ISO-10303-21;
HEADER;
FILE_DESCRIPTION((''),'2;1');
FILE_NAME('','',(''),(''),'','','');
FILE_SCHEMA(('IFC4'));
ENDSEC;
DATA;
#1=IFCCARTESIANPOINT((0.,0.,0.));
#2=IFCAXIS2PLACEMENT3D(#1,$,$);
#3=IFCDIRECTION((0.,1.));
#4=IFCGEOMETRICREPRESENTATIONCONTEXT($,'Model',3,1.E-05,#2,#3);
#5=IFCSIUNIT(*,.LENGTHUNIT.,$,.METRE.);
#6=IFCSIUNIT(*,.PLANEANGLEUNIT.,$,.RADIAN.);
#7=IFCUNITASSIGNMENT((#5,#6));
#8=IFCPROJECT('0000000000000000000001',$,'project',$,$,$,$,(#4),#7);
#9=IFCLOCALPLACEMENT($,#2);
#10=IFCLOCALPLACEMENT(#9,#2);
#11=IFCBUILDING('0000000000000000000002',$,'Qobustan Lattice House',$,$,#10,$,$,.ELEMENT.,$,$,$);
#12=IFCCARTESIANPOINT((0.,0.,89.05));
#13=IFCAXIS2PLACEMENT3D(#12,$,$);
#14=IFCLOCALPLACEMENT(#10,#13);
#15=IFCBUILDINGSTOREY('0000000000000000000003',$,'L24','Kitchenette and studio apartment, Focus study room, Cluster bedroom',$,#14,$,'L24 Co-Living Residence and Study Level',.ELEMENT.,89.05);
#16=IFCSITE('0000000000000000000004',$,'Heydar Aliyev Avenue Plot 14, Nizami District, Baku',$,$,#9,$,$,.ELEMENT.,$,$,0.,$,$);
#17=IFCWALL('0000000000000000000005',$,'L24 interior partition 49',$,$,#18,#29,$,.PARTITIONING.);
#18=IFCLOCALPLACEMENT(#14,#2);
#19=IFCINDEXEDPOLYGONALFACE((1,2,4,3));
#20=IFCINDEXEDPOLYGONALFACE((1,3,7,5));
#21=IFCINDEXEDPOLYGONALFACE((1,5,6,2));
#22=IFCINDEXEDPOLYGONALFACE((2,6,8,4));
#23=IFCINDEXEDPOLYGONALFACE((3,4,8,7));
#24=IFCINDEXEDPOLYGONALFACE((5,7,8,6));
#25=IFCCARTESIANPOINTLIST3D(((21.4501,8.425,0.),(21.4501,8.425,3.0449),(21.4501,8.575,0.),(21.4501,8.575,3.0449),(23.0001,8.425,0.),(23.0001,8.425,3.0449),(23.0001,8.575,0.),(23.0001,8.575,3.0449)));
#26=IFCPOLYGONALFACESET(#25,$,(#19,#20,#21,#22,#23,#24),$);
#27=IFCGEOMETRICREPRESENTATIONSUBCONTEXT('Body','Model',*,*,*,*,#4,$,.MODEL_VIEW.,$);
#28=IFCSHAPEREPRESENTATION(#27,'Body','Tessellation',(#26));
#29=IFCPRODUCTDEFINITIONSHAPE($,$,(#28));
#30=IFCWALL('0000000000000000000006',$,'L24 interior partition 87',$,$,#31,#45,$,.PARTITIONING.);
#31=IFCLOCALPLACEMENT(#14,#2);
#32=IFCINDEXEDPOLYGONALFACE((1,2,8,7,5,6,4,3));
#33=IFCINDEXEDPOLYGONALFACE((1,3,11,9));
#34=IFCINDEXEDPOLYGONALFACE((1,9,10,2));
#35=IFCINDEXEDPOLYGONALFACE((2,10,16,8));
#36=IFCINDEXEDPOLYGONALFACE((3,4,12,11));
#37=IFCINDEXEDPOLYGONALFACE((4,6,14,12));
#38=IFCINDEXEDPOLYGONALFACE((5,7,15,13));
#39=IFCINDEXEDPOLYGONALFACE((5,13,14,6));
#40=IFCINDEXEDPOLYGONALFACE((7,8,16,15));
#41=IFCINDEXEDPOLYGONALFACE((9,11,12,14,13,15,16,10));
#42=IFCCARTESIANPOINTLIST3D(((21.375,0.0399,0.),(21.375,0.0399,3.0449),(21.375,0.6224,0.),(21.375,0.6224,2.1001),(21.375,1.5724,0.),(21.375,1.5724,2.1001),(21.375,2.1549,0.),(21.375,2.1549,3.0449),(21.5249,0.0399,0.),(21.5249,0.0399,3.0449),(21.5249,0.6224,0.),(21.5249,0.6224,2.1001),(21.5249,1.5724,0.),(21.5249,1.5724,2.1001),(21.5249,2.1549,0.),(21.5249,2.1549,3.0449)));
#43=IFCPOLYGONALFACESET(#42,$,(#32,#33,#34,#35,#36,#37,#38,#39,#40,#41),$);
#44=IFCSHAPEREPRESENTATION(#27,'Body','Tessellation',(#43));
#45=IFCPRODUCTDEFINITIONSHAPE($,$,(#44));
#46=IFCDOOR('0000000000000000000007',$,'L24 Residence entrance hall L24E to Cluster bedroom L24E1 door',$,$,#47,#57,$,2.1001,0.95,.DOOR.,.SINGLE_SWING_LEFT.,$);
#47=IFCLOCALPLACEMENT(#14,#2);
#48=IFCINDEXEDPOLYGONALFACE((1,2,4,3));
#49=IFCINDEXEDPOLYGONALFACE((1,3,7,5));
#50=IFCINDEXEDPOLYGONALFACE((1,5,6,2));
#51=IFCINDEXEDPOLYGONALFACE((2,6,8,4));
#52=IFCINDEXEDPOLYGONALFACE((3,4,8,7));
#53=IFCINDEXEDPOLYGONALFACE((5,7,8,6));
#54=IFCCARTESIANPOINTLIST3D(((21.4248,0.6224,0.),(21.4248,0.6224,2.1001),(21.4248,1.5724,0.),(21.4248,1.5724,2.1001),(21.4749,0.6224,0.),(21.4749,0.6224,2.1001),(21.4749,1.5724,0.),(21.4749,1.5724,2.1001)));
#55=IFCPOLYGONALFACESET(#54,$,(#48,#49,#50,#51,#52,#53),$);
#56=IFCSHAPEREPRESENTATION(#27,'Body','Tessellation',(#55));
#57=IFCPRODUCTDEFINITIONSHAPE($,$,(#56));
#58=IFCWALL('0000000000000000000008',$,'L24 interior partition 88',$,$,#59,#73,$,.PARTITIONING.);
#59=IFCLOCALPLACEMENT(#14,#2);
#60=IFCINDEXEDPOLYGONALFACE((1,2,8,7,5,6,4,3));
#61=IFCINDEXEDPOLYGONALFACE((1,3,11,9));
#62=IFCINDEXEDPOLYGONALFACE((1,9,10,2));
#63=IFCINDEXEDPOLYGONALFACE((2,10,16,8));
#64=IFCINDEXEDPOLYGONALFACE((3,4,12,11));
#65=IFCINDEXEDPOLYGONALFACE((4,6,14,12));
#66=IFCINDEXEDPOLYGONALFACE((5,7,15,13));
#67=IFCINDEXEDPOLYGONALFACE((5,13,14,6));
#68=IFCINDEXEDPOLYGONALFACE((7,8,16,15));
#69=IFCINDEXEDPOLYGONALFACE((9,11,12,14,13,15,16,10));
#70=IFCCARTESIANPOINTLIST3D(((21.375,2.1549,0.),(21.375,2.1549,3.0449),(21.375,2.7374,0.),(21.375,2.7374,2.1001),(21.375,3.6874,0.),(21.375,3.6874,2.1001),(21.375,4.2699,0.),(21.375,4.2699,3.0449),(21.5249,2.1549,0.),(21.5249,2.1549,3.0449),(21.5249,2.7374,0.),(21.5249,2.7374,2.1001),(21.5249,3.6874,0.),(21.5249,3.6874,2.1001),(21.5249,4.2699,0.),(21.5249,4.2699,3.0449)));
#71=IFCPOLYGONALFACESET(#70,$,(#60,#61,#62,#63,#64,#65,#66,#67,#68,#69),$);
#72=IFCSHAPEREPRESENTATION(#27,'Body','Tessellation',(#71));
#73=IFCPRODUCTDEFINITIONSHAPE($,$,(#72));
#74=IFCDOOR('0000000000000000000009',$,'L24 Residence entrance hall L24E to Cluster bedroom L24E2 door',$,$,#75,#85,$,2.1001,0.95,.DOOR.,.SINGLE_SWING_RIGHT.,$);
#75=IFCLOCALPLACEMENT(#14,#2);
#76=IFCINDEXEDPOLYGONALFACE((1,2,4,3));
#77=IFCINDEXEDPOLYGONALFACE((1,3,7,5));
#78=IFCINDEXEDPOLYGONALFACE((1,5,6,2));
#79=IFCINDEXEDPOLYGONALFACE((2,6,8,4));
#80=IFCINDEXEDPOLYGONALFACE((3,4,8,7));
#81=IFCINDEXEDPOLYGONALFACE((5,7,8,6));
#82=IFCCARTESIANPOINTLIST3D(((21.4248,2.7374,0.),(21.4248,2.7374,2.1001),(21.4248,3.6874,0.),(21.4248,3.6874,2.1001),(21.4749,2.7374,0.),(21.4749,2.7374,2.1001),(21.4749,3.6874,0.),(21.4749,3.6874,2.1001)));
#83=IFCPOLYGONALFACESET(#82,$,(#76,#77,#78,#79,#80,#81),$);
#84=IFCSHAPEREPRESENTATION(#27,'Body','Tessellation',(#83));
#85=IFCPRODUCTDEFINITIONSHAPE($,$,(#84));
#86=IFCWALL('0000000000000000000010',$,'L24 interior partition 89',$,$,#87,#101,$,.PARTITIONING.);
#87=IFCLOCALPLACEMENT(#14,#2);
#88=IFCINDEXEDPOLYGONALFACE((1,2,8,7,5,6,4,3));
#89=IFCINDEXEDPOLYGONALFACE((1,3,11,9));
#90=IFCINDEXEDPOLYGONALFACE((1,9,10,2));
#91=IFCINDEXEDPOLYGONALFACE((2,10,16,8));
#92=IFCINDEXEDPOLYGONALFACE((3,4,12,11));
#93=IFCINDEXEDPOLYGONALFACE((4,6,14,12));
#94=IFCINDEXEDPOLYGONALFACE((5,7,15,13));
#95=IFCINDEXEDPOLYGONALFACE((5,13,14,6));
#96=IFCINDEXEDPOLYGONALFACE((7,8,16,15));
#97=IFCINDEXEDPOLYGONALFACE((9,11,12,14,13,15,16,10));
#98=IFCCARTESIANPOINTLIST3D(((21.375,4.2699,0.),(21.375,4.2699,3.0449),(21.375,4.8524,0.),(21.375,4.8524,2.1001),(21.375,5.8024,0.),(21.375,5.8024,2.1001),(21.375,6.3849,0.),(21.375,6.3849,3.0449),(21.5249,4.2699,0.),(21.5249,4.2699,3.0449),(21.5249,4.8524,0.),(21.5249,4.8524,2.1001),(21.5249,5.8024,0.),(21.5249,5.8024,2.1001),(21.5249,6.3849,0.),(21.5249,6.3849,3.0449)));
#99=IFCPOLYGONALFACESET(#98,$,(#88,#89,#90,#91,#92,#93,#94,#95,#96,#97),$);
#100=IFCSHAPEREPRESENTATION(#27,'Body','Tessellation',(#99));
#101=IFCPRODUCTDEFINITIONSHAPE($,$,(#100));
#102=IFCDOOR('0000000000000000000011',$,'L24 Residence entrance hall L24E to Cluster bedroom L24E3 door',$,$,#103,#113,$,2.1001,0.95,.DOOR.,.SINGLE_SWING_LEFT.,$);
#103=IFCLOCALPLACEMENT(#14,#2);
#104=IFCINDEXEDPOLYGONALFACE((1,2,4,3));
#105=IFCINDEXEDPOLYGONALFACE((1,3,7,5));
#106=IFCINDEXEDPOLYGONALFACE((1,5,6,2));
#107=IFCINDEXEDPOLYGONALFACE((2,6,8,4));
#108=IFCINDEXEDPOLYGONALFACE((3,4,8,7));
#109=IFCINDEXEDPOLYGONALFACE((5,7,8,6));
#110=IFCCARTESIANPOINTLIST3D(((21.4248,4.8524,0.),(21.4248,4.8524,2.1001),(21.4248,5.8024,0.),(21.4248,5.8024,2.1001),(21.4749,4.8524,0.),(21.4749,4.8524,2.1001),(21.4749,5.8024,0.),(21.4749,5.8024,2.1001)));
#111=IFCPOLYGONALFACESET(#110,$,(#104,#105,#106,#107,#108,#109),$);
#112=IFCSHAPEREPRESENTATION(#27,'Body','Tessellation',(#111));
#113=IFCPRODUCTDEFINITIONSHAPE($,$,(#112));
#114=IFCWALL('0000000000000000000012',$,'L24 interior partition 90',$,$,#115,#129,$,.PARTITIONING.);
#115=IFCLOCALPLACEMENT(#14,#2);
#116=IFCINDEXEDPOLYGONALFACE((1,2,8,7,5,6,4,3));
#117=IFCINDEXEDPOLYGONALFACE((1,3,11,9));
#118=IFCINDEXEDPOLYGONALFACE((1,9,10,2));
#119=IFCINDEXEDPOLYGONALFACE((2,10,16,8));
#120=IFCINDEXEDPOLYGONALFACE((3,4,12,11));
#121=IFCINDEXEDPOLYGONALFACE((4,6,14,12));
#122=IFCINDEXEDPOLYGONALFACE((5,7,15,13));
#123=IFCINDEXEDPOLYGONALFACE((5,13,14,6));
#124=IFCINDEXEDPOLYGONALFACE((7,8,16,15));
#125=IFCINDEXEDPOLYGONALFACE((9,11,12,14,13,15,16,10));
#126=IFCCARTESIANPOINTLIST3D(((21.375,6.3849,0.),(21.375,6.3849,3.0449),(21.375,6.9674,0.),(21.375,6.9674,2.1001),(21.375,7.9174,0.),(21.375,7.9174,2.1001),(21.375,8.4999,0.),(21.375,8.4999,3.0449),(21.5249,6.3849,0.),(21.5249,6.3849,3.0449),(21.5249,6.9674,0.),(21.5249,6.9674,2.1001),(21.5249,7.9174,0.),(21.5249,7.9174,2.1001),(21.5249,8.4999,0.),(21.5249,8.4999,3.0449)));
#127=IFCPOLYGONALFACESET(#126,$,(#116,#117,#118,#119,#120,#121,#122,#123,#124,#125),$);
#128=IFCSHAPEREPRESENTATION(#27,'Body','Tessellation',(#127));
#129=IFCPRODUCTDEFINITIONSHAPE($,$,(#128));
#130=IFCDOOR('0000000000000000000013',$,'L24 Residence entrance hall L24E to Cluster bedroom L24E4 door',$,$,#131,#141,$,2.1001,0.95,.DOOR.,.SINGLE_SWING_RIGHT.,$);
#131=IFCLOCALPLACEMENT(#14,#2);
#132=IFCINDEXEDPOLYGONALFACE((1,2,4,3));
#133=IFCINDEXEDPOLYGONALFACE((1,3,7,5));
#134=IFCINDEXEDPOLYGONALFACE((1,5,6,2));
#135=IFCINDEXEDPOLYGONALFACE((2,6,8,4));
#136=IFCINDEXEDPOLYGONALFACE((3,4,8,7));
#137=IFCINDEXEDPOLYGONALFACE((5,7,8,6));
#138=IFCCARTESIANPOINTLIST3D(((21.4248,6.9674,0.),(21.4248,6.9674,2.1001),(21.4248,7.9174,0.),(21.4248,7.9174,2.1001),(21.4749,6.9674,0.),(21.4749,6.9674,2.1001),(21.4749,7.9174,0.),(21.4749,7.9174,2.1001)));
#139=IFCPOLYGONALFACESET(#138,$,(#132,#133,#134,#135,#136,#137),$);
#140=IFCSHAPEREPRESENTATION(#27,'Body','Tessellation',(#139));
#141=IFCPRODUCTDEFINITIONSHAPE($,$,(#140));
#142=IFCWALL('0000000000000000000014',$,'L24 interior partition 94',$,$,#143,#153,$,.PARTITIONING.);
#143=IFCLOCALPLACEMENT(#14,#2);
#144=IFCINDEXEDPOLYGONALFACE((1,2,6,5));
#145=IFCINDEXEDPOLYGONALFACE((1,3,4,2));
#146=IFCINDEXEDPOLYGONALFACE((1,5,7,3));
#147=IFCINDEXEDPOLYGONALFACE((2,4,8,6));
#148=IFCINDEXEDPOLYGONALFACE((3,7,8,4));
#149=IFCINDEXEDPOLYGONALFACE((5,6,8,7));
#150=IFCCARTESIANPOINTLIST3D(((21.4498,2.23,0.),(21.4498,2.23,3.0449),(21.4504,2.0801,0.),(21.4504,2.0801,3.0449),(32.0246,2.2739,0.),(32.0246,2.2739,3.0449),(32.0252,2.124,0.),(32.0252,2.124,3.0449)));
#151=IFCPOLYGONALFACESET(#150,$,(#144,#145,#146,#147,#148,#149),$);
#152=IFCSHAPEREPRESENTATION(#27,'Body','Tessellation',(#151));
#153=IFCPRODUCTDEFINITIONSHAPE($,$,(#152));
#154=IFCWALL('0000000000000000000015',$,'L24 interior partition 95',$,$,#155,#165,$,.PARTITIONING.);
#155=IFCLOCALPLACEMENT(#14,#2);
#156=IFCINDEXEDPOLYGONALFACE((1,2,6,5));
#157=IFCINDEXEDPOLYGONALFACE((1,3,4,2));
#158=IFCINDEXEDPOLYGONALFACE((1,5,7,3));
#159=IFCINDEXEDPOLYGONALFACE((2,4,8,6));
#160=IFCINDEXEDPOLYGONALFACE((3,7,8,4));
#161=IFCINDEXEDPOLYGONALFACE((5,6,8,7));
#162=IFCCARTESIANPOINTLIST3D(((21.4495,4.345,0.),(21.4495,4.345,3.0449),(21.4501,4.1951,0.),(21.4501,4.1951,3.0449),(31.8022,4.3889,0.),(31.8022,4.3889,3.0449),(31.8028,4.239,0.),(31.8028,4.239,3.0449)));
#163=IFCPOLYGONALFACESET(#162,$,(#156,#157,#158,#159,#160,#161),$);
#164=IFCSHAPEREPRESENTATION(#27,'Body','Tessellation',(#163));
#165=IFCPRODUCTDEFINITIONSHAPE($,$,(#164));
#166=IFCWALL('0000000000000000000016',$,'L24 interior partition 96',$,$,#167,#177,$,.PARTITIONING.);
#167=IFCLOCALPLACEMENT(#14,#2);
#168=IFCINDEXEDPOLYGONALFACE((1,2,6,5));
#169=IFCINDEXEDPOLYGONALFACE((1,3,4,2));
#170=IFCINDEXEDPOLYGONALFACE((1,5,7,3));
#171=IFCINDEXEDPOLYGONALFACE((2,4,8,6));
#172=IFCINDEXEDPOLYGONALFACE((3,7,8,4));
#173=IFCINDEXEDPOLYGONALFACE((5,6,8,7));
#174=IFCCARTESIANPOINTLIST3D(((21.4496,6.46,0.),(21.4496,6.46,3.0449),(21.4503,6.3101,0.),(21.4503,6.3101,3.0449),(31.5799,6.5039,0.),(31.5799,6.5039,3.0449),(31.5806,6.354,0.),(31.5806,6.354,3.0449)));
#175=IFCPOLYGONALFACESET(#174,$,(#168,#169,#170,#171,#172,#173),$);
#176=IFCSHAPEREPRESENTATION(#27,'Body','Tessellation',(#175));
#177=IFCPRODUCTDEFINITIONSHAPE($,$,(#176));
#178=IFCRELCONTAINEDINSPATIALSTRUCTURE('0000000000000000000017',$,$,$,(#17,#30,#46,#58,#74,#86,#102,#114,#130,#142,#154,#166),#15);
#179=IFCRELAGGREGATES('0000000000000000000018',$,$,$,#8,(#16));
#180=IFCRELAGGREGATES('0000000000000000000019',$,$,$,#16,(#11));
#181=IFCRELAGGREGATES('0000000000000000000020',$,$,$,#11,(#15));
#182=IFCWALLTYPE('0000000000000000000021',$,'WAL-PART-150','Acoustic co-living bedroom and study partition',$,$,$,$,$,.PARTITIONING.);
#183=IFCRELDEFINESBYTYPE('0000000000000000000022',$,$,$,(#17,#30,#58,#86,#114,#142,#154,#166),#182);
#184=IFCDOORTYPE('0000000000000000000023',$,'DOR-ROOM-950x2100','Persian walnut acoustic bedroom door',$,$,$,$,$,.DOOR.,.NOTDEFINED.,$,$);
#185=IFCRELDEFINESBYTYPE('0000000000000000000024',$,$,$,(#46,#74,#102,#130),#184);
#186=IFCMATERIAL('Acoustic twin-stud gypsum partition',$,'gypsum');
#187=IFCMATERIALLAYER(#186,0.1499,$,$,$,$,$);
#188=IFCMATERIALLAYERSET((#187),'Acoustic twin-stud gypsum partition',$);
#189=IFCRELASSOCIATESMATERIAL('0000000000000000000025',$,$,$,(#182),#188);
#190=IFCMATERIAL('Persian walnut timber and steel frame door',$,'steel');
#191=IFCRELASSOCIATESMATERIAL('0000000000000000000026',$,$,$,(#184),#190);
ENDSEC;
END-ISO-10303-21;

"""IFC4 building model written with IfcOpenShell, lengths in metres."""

from ifc_helpers import new_model, si_unit, direction, frame, frame_2d, origin, place, context, subcontext, project, spatial, rectangle, extrude, material, layer, layer_set, type_object, element, fill, save


model = new_model("IFC4")

# Units and contexts
model_context = context("Model", 3, precision=1e-05, world=origin(), true_north=direction((0.0, 1.0)))
body_context = subcontext(model_context, "Body", "Model", "MODEL_VIEW")
ifc_project = project(units=[si_unit("LENGTHUNIT", "METRE"), si_unit("PLANEANGLEUNIT", "RADIAN")], contexts=[model_context])

# Site, building, storey
site_placement = place(None, origin())
site = spatial("IfcSite", under=ifc_project, at=site_placement, Name="Heydar Aliyev Avenue Plot 14, Nizami District, Baku", CompositionType="ELEMENT", RefElevation=0.0)
building_placement = place(site_placement, origin())
building = spatial("IfcBuilding", under=site, at=building_placement, Name="Qobustan Lattice House", CompositionType="ELEMENT")
storey_placement = place(building_placement, frame((0.0, 0.0, 89.05)))
storey = spatial("IfcBuildingStorey", under=building, at=storey_placement, Name="L24", Description="Kitchenette and studio apartment, Focus study room, Cluster bedroom", LongName="L24 Co-Living Residence and Study Level", CompositionType="ELEMENT", Elevation=89.05)

# Wall
ifc_material_1 = material(Name="Acoustic twin-stud gypsum partition", Category="gypsum")
ifc_layer_1 = layer(ifc_material_1, 0.1499)
ifc_layer_set_1 = layer_set([ifc_layer_1], Name="Acoustic twin-stud gypsum partition")
wall_type_1 = type_object("IfcWallType", Name="WAL-PART-150", Description="Acoustic co-living bedroom and study partition", PredefinedType="PARTITIONING", material=ifc_layer_set_1)
wall_1_placement = place(storey_placement, frame((23.0, 8.5, 0.0), z_axis=(0.0, 0.0, 1.0), x_axis=(-1.0, 0.0, 0.0)))
element("IfcWall", 1, at=wall_1_placement, inside=storey, type_object=wall_type_1, Name="L24 interior partition 49", PredefinedType="PARTITIONING", context=body_context, shape_type="SweptSolid", body=[
    extrude(rectangle(XDim=1.55, YDim=0.1499, at=frame_2d((0.7749, 0.0))), origin(), (0.0, 0.0, 1.0), 3.0449),
])

# Walls, openings, doors
wall_2_placement = place(storey_placement, frame((21.45, 2.155, 0.0), z_axis=(0.0, 0.0, 1.0), x_axis=(0.0, -1.0, 0.0)))
wall_2 = element("IfcWall", 2, at=wall_2_placement, inside=storey, type_object=wall_type_1, Name="L24 interior partition 87", PredefinedType="PARTITIONING", context=body_context, shape_type="SweptSolid", body=[
    extrude(rectangle(XDim=2.115, YDim=0.1499, at=frame_2d((1.0576, 0.0))), origin(), (0.0, 0.0, 1.0), 3.0449),
])
opening_1_placement = place(wall_2_placement, frame((0.5825, 0.0, 0.0)))
opening_1 = element("IfcOpeningElement", 3, at=opening_1_placement, cuts=wall_2, PredefinedType="OPENING", context=body_context, shape_type="SweptSolid", body=[
    extrude(rectangle(XDim=0.95, YDim=2.1001, at=frame_2d((0.4751, 1.05))), frame((0.0, 0.085, 0.0), z_axis=(0.0, -1.0, 0.0), x_axis=(1.0, 0.0, 0.0)), (0.0, 0.0, 1.0), 0.1699),
])
ifc_material_2 = material(Name="Persian walnut timber and steel frame door", Category="steel")
door_type_1 = type_object("IfcDoorType", Name="DOR-ROOM-950x2100", Description="Persian walnut acoustic bedroom door", OperationType="NOTDEFINED", PredefinedType="DOOR", material=ifc_material_2)
door_1_placement = place(opening_1_placement, origin())
door_1 = element("IfcDoor", 4, at=door_1_placement, inside=storey, type_object=door_type_1, Name="L24 Residence entrance hall L24E to Cluster bedroom L24E1 door", OperationType="SINGLE_SWING_LEFT", OverallHeight=2.1001, OverallWidth=0.95, PredefinedType="DOOR", context=body_context, shape_type="SweptSolid", body=[
    extrude(rectangle(XDim=0.95, YDim=2.1001, at=frame_2d((0.4751, 1.05))), frame((0.0, 0.0249, 0.0), z_axis=(0.0, -1.0, 0.0), x_axis=(1.0, 0.0, 0.0)), (0.0, 0.0, 1.0), 0.05),
])
fill(opening_1, door_1)
wall_3_placement = place(storey_placement, frame((21.45, 4.27, 0.0), z_axis=(0.0, 0.0, 1.0), x_axis=(0.0, -1.0, 0.0)))
wall_3 = element("IfcWall", 5, at=wall_3_placement, inside=storey, type_object=wall_type_1, Name="L24 interior partition 88", PredefinedType="PARTITIONING", context=body_context, shape_type="SweptSolid", body=[
    extrude(rectangle(XDim=2.115, YDim=0.1499, at=frame_2d((1.0576, 0.0))), origin(), (0.0, 0.0, 1.0), 3.0449),
])
opening_2_placement = place(wall_3_placement, frame((0.5825, 0.0, 0.0)))
opening_2 = element("IfcOpeningElement", 6, at=opening_2_placement, cuts=wall_3, PredefinedType="OPENING", context=body_context, shape_type="SweptSolid", body=[
    extrude(rectangle(XDim=0.95, YDim=2.1001, at=frame_2d((0.4751, 1.05))), frame((0.0, 0.085, 0.0), z_axis=(0.0, -1.0, 0.0), x_axis=(1.0, 0.0, 0.0)), (0.0, 0.0, 1.0), 0.1699),
])
door_2_placement = place(opening_2_placement, origin())
door_2 = element("IfcDoor", 7, at=door_2_placement, inside=storey, type_object=door_type_1, Name="L24 Residence entrance hall L24E to Cluster bedroom L24E2 door", OperationType="SINGLE_SWING_RIGHT", OverallHeight=2.1001, OverallWidth=0.95, PredefinedType="DOOR", context=body_context, shape_type="SweptSolid", body=[
    extrude(rectangle(XDim=0.95, YDim=2.1001, at=frame_2d((0.4751, 1.05))), frame((0.0, 0.0249, 0.0), z_axis=(0.0, -1.0, 0.0), x_axis=(1.0, 0.0, 0.0)), (0.0, 0.0, 1.0), 0.05),
])
fill(opening_2, door_2)
wall_4_placement = place(storey_placement, frame((21.45, 6.385, 0.0), z_axis=(0.0, 0.0, 1.0), x_axis=(0.0, -1.0, 0.0)))
wall_4 = element("IfcWall", 8, at=wall_4_placement, inside=storey, type_object=wall_type_1, Name="L24 interior partition 89", PredefinedType="PARTITIONING", context=body_context, shape_type="SweptSolid", body=[
    extrude(rectangle(XDim=2.115, YDim=0.1499, at=frame_2d((1.0576, 0.0))), origin(), (0.0, 0.0, 1.0), 3.0449),
])
opening_3_placement = place(wall_4_placement, frame((0.5825, 0.0, 0.0)))
opening_3 = element("IfcOpeningElement", 9, at=opening_3_placement, cuts=wall_4, PredefinedType="OPENING", context=body_context, shape_type="SweptSolid", body=[
    extrude(rectangle(XDim=0.95, YDim=2.1001, at=frame_2d((0.4751, 1.05))), frame((0.0, 0.085, 0.0), z_axis=(0.0, -1.0, 0.0), x_axis=(1.0, 0.0, 0.0)), (0.0, 0.0, 1.0), 0.1699),
])
door_3_placement = place(opening_3_placement, origin())
door_3 = element("IfcDoor", 10, at=door_3_placement, inside=storey, type_object=door_type_1, Name="L24 Residence entrance hall L24E to Cluster bedroom L24E3 door", OperationType="SINGLE_SWING_LEFT", OverallHeight=2.1001, OverallWidth=0.95, PredefinedType="DOOR", context=body_context, shape_type="SweptSolid", body=[
    extrude(rectangle(XDim=0.95, YDim=2.1001, at=frame_2d((0.4751, 1.05))), frame((0.0, 0.0249, 0.0), z_axis=(0.0, -1.0, 0.0), x_axis=(1.0, 0.0, 0.0)), (0.0, 0.0, 1.0), 0.05),
])
fill(opening_3, door_3)
wall_5_placement = place(storey_placement, frame((21.45, 8.5, 0.0), z_axis=(0.0, 0.0, 1.0), x_axis=(0.0, -1.0, 0.0)))
wall_5 = element("IfcWall", 11, at=wall_5_placement, inside=storey, type_object=wall_type_1, Name="L24 interior partition 90", PredefinedType="PARTITIONING", context=body_context, shape_type="SweptSolid", body=[
    extrude(rectangle(XDim=2.115, YDim=0.1499, at=frame_2d((1.0576, 0.0))), origin(), (0.0, 0.0, 1.0), 3.0449),
])
opening_4_placement = place(wall_5_placement, frame((0.5825, 0.0, 0.0)))
opening_4 = element("IfcOpeningElement", 12, at=opening_4_placement, cuts=wall_5, PredefinedType="OPENING", context=body_context, shape_type="SweptSolid", body=[
    extrude(rectangle(XDim=0.95, YDim=2.1001, at=frame_2d((0.4751, 1.05))), frame((0.0, 0.085, 0.0), z_axis=(0.0, -1.0, 0.0), x_axis=(1.0, 0.0, 0.0)), (0.0, 0.0, 1.0), 0.1699),
])
door_4_placement = place(opening_4_placement, origin())
door_4 = element("IfcDoor", 13, at=door_4_placement, inside=storey, type_object=door_type_1, Name="L24 Residence entrance hall L24E to Cluster bedroom L24E4 door", OperationType="SINGLE_SWING_RIGHT", OverallHeight=2.1001, OverallWidth=0.95, PredefinedType="DOOR", context=body_context, shape_type="SweptSolid", body=[
    extrude(rectangle(XDim=0.95, YDim=2.1001, at=frame_2d((0.4751, 1.05))), frame((0.0, 0.0249, 0.0), z_axis=(0.0, -1.0, 0.0), x_axis=(1.0, 0.0, 0.0)), (0.0, 0.0, 1.0), 0.05),
])
fill(opening_4, door_4)

# Walls
wall_6_placement = place(storey_placement, frame((21.45, 2.155, 0.0), z_axis=(0.0, 0.0, 1.0), x_axis=(0.999991, 0.004156, 0.0)))
element("IfcWall", 14, at=wall_6_placement, inside=storey, type_object=wall_type_1, Name="L24 interior partition 94", PredefinedType="PARTITIONING", context=body_context, shape_type="SweptSolid", body=[
    extrude(rectangle(XDim=10.575, YDim=0.1499, at=frame_2d((5.2876, 0.0))), origin(), (0.0, 0.0, 1.0), 3.0449),
])
wall_7_placement = place(storey_placement, frame((21.45, 4.27, 0.0), z_axis=(0.0, 0.0, 1.0), x_axis=(0.999991, 0.004245, 0.0)))
element("IfcWall", 15, at=wall_7_placement, inside=storey, type_object=wall_type_1, Name="L24 interior partition 95", PredefinedType="PARTITIONING", context=body_context, shape_type="SweptSolid", body=[
    extrude(rectangle(XDim=10.3528, YDim=0.1499, at=frame_2d((5.1763, 0.0))), origin(), (0.0, 0.0, 1.0), 3.0449),
])
wall_8_placement = place(storey_placement, frame((21.45, 6.385, 0.0), z_axis=(0.0, 0.0, 1.0), x_axis=(0.999991, 0.004338, 0.0)))
element("IfcWall", 16, at=wall_8_placement, inside=storey, type_object=wall_type_1, Name="L24 interior partition 96", PredefinedType="PARTITIONING", context=body_context, shape_type="SweptSolid", body=[
    extrude(rectangle(XDim=10.1304, YDim=0.1499, at=frame_2d((5.0652, 0.0))), origin(), (0.0, 0.0, 1.0), 3.0449),
])

save(model, "model.ifc")
